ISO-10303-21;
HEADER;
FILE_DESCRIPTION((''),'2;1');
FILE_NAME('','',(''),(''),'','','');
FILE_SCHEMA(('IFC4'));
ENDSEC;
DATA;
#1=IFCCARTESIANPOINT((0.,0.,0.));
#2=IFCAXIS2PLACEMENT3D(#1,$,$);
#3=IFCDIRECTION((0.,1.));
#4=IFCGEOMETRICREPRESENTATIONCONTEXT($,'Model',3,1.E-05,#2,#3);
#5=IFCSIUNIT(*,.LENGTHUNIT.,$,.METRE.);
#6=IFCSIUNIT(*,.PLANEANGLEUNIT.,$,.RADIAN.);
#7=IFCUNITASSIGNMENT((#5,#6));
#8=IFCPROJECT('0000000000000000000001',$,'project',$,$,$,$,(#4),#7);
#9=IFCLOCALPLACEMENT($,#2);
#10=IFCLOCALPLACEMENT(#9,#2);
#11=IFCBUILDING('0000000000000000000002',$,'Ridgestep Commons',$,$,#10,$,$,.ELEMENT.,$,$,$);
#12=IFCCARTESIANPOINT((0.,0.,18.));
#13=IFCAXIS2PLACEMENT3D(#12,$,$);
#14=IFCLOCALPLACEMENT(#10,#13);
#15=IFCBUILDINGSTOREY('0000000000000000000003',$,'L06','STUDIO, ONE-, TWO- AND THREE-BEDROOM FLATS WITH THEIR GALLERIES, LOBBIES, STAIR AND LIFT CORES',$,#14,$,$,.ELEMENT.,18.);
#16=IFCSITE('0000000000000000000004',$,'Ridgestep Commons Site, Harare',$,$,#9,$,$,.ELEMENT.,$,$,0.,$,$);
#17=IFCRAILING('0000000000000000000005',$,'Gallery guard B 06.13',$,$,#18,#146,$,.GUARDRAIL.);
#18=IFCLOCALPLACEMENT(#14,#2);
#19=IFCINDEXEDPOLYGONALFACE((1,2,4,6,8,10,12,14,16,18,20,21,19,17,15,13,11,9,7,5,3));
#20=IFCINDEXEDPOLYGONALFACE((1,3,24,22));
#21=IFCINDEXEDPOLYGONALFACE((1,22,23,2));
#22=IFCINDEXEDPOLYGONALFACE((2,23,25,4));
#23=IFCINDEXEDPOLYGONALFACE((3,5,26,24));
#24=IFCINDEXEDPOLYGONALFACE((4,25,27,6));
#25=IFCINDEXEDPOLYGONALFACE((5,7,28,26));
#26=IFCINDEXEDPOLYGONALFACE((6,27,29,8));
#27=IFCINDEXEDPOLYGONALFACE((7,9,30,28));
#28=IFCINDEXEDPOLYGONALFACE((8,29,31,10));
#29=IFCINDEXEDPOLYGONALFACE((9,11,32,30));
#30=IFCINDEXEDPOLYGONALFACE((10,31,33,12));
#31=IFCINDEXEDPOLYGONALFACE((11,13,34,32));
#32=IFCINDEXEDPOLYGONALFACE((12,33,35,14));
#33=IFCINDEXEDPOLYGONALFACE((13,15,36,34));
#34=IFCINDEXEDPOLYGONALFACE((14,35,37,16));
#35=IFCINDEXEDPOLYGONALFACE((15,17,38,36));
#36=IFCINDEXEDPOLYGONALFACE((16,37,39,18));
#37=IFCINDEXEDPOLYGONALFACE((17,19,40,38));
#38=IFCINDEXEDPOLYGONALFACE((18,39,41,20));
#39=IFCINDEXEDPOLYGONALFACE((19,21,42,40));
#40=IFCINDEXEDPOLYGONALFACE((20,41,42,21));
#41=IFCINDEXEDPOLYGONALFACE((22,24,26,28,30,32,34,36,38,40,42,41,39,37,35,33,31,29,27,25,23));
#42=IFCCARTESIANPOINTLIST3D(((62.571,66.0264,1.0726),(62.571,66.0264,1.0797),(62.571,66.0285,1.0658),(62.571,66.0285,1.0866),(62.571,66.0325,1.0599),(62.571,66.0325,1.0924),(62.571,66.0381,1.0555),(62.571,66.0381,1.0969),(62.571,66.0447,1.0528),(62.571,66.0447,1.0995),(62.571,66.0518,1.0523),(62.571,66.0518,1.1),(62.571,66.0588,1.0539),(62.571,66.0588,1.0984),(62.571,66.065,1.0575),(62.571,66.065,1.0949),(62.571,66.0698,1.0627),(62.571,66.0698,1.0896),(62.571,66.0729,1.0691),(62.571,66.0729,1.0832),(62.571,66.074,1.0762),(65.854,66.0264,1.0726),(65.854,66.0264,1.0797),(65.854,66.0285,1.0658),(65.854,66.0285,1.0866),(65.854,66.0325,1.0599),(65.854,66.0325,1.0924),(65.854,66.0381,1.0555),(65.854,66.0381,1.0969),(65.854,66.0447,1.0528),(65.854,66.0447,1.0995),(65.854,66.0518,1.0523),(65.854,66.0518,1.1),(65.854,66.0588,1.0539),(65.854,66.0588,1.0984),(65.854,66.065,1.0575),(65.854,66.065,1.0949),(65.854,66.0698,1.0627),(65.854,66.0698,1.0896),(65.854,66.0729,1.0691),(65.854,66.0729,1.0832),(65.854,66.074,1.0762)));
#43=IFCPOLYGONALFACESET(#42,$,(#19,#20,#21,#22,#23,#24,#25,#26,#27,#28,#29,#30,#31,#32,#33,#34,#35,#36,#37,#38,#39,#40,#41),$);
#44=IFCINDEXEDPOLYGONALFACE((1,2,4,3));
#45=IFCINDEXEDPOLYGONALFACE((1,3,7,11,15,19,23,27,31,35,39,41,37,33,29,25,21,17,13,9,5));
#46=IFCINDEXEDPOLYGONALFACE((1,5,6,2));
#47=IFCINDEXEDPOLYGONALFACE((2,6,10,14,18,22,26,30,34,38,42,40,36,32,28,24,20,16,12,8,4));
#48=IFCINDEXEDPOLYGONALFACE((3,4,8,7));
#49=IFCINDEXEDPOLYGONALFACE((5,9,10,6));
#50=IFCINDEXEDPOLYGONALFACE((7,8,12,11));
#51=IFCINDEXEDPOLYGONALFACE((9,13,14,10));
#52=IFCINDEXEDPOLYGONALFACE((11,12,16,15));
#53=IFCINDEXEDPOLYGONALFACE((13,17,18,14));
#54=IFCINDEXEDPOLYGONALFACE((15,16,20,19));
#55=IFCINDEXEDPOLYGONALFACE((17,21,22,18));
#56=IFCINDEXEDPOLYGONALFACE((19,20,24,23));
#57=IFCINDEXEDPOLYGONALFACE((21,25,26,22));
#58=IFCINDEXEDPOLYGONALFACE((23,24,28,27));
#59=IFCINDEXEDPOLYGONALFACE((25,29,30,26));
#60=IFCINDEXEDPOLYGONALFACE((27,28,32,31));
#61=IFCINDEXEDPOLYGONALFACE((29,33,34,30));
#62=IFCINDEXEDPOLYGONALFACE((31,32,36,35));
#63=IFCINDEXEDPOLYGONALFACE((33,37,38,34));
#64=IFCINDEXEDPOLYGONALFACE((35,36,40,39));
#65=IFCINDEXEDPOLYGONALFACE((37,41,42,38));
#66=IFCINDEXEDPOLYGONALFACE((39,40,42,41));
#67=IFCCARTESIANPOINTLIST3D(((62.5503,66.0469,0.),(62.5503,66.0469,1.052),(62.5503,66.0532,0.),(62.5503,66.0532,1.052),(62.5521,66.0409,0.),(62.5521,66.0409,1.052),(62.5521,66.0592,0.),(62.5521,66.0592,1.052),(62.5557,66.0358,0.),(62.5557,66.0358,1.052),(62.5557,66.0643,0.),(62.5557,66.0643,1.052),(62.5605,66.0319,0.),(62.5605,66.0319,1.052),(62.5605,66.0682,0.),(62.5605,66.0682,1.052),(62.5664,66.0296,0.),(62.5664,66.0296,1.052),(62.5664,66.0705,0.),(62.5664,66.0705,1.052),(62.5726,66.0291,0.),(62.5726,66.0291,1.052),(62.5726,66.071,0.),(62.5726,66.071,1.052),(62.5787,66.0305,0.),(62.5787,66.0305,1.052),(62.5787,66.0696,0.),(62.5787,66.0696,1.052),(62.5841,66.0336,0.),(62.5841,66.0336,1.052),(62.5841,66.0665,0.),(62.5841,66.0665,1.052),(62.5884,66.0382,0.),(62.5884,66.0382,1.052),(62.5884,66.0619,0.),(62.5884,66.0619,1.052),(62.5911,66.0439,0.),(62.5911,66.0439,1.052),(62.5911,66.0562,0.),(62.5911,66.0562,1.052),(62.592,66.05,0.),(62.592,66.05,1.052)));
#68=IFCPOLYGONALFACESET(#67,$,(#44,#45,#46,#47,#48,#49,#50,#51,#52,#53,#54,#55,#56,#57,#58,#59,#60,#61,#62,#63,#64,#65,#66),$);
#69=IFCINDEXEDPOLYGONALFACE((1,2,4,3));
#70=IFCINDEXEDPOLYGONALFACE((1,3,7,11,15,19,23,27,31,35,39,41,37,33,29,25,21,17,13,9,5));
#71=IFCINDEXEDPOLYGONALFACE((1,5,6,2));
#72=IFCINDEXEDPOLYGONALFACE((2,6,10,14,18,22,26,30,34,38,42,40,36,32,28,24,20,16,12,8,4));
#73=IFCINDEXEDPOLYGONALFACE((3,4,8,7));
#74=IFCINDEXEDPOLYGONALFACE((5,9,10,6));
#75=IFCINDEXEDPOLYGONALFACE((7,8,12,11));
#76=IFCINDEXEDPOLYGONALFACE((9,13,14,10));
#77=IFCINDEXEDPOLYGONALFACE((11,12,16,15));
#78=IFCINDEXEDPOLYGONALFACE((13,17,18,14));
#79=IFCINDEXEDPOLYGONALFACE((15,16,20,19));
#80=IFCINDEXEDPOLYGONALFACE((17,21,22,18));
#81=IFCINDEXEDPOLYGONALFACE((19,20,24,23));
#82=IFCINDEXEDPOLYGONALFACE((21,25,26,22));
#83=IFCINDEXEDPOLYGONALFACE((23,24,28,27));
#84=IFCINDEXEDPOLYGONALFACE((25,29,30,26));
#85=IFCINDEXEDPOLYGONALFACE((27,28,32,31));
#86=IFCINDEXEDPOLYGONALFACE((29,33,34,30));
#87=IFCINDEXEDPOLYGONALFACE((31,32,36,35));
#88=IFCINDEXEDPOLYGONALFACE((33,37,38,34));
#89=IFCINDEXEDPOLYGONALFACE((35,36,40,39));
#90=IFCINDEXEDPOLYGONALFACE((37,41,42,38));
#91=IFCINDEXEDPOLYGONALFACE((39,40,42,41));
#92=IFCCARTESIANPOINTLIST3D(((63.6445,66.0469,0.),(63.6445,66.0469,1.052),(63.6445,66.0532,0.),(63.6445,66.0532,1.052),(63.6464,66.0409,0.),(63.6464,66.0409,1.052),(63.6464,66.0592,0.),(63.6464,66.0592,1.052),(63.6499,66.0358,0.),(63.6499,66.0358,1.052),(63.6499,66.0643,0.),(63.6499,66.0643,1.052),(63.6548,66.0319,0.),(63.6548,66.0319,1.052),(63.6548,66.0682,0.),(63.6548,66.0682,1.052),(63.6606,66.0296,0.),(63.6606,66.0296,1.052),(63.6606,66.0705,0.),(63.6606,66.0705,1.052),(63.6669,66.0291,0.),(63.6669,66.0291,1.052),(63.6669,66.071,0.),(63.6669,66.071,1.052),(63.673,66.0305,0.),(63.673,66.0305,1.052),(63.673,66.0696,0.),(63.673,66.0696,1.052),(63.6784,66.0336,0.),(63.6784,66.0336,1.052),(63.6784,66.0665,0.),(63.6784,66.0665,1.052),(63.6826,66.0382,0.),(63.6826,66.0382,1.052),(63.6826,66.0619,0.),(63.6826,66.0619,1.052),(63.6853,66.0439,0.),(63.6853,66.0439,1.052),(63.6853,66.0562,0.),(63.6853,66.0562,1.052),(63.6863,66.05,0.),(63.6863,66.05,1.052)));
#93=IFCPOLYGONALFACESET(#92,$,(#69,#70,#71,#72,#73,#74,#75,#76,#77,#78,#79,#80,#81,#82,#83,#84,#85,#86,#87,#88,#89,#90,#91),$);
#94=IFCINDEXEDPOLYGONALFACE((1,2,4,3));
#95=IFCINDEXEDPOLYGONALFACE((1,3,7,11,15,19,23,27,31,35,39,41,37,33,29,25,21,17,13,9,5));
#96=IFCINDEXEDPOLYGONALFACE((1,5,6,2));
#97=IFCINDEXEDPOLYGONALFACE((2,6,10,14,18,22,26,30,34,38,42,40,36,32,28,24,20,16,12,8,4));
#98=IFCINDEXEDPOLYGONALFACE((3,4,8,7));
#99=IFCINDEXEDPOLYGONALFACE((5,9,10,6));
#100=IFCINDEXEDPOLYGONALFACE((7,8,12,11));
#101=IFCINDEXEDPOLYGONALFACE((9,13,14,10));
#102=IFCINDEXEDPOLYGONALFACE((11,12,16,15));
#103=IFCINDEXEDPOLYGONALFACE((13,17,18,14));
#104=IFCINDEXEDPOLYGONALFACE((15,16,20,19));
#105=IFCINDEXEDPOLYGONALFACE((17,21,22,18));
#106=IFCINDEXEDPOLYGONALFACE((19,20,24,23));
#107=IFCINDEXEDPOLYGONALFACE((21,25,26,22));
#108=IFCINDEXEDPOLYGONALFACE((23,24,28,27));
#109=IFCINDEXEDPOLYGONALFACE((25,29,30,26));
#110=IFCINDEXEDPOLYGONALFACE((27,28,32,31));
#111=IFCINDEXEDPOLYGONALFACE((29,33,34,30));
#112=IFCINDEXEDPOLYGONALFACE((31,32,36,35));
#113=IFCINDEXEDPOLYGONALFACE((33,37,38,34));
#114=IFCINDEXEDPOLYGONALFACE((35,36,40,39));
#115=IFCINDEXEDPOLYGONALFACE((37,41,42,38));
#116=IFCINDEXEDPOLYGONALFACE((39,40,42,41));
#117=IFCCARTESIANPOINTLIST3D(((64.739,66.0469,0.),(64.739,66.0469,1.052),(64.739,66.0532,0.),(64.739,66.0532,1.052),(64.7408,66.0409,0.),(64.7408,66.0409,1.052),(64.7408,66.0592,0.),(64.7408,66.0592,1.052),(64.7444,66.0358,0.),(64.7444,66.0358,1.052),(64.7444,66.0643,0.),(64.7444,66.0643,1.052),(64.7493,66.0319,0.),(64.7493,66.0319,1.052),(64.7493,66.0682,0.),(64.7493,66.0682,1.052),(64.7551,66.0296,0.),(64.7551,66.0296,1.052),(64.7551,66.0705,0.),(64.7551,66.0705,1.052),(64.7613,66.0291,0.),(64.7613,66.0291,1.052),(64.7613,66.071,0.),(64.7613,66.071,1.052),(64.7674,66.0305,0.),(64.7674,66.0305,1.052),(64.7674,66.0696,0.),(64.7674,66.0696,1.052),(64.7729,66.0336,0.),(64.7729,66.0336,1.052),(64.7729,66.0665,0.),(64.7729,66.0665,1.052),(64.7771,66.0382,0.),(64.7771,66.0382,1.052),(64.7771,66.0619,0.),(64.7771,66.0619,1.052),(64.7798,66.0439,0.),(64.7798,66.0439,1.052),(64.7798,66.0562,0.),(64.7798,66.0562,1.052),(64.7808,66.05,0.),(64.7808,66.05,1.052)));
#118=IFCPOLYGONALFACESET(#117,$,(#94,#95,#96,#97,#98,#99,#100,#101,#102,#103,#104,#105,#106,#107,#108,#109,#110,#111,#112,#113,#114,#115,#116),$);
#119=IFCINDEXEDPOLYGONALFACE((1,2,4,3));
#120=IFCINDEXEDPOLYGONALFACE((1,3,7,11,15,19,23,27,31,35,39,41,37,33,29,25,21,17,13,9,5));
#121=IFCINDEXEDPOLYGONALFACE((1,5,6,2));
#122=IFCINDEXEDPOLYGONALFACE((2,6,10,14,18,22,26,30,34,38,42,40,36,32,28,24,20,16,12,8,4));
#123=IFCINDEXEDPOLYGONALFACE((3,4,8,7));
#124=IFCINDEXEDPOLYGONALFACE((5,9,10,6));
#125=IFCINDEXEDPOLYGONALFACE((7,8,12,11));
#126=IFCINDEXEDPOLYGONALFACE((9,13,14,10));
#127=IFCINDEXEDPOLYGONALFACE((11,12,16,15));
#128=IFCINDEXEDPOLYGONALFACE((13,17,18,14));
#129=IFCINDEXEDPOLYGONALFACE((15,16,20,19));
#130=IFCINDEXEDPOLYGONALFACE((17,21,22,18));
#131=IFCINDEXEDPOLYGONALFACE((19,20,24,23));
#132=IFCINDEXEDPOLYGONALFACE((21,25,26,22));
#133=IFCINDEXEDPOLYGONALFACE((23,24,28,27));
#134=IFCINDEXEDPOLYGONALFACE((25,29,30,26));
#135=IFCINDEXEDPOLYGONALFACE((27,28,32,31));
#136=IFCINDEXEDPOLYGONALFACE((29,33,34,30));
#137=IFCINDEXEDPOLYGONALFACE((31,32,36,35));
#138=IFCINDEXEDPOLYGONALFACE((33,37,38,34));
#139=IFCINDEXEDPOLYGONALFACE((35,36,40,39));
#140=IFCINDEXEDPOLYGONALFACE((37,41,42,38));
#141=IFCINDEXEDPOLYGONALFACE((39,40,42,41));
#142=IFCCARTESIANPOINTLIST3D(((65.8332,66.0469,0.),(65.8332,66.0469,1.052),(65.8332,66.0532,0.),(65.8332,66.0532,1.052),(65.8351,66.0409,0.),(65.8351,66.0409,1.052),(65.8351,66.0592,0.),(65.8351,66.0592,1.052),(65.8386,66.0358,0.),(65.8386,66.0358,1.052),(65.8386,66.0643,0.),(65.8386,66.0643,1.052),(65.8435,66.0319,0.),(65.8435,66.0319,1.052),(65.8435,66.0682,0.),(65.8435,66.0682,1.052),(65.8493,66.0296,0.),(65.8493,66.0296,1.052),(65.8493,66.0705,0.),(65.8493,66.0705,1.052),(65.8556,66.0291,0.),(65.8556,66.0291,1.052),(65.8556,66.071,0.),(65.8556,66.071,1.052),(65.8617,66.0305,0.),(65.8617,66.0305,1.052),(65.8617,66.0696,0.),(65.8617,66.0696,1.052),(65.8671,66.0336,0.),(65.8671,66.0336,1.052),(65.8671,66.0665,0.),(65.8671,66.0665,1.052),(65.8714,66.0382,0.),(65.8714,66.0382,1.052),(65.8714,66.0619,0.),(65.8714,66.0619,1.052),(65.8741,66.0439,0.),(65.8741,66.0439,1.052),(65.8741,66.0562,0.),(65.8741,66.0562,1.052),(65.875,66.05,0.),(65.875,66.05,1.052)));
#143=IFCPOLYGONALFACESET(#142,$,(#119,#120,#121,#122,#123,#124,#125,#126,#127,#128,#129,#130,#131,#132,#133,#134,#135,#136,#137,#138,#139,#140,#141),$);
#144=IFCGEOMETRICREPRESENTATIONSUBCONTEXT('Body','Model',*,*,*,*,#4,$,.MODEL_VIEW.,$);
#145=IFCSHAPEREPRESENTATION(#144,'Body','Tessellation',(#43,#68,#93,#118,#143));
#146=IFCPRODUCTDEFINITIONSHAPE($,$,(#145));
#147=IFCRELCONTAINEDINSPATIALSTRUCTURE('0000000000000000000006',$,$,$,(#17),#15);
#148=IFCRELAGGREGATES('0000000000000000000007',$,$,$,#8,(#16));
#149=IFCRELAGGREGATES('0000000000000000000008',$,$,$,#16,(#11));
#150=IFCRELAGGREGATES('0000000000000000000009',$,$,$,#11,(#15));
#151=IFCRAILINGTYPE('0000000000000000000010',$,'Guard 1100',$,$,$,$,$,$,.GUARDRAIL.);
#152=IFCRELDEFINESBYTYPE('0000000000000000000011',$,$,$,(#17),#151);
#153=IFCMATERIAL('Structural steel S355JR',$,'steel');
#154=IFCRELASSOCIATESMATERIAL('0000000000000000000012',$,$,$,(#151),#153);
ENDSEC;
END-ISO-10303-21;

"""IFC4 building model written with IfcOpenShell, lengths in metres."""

from ifc_helpers import new_model, si_unit, direction, frame, origin, origin_2d, place, context, subcontext, project, spatial, circle, extrude, material, type_object, element, save


model = new_model("IFC4")

# Units and contexts
model_context = context("Model", 3, precision=1e-05, world=origin(), true_north=direction((0.0, 1.0)))
body_context = subcontext(model_context, "Body", "Model", "MODEL_VIEW")
ifc_project = project(units=[si_unit("LENGTHUNIT", "METRE"), si_unit("PLANEANGLEUNIT", "RADIAN")], contexts=[model_context])

# Site, building, storey
site_placement = place(None, origin())
site = spatial("IfcSite", under=ifc_project, at=site_placement, Name="Ridgestep Commons Site, Harare", CompositionType="ELEMENT", RefElevation=0.0)
building_placement = place(site_placement, origin())
building = spatial("IfcBuilding", under=site, at=building_placement, Name="Ridgestep Commons", CompositionType="ELEMENT")
storey_placement = place(building_placement, frame((0.0, 0.0, 18.0)))
storey = spatial("IfcBuildingStorey", under=building, at=storey_placement, Name="L06", Description="STUDIO, ONE-, TWO- AND THREE-BEDROOM FLATS WITH THEIR GALLERIES, LOBBIES, STAIR AND LIFT CORES", CompositionType="ELEMENT", Elevation=18.0)

# Railing
ifc_material_1 = material(Name="Structural steel S355JR", Category="steel")
railing_type = type_object("IfcRailingType", Name="Guard 1100", PredefinedType="GUARDRAIL", material=ifc_material_1)
for number, where, name in (
    (1, (62.571, 66.05, 0.0), "Gallery guard B 06.13"),
):
    element("IfcRailing", number, at=place(storey_placement, frame(where)), inside=storey, type_object=railing_type, Name=name, PredefinedType="GUARDRAIL", context=body_context, shape_type="SweptSolid", body=[
        extrude(circle(Radius=0.0239, at=origin_2d()), frame((0.0, 0.0, 1.0762), z_axis=(1.0, 0.0, 0.0), x_axis=(0.0, 1.0, 0.0)), (0.0, 0.0, 1.0), 3.283),
        extrude(circle(Radius=0.021, at=origin_2d()), origin(), (0.0, 0.0, 1.0), 1.052),
        extrude(circle(Radius=0.021, at=origin_2d()), frame((1.0942, 0.0, 0.0)), (0.0, 0.0, 1.0), 1.052),
        extrude(circle(Radius=0.021, at=origin_2d()), frame((2.1887, 0.0, 0.0)), (0.0, 0.0, 1.0), 1.052),
        extrude(circle(Radius=0.021, at=origin_2d()), frame((3.283, 0.0, 0.0)), (0.0, 0.0, 1.0), 1.052),
    ])

save(model, "model.ifc")
